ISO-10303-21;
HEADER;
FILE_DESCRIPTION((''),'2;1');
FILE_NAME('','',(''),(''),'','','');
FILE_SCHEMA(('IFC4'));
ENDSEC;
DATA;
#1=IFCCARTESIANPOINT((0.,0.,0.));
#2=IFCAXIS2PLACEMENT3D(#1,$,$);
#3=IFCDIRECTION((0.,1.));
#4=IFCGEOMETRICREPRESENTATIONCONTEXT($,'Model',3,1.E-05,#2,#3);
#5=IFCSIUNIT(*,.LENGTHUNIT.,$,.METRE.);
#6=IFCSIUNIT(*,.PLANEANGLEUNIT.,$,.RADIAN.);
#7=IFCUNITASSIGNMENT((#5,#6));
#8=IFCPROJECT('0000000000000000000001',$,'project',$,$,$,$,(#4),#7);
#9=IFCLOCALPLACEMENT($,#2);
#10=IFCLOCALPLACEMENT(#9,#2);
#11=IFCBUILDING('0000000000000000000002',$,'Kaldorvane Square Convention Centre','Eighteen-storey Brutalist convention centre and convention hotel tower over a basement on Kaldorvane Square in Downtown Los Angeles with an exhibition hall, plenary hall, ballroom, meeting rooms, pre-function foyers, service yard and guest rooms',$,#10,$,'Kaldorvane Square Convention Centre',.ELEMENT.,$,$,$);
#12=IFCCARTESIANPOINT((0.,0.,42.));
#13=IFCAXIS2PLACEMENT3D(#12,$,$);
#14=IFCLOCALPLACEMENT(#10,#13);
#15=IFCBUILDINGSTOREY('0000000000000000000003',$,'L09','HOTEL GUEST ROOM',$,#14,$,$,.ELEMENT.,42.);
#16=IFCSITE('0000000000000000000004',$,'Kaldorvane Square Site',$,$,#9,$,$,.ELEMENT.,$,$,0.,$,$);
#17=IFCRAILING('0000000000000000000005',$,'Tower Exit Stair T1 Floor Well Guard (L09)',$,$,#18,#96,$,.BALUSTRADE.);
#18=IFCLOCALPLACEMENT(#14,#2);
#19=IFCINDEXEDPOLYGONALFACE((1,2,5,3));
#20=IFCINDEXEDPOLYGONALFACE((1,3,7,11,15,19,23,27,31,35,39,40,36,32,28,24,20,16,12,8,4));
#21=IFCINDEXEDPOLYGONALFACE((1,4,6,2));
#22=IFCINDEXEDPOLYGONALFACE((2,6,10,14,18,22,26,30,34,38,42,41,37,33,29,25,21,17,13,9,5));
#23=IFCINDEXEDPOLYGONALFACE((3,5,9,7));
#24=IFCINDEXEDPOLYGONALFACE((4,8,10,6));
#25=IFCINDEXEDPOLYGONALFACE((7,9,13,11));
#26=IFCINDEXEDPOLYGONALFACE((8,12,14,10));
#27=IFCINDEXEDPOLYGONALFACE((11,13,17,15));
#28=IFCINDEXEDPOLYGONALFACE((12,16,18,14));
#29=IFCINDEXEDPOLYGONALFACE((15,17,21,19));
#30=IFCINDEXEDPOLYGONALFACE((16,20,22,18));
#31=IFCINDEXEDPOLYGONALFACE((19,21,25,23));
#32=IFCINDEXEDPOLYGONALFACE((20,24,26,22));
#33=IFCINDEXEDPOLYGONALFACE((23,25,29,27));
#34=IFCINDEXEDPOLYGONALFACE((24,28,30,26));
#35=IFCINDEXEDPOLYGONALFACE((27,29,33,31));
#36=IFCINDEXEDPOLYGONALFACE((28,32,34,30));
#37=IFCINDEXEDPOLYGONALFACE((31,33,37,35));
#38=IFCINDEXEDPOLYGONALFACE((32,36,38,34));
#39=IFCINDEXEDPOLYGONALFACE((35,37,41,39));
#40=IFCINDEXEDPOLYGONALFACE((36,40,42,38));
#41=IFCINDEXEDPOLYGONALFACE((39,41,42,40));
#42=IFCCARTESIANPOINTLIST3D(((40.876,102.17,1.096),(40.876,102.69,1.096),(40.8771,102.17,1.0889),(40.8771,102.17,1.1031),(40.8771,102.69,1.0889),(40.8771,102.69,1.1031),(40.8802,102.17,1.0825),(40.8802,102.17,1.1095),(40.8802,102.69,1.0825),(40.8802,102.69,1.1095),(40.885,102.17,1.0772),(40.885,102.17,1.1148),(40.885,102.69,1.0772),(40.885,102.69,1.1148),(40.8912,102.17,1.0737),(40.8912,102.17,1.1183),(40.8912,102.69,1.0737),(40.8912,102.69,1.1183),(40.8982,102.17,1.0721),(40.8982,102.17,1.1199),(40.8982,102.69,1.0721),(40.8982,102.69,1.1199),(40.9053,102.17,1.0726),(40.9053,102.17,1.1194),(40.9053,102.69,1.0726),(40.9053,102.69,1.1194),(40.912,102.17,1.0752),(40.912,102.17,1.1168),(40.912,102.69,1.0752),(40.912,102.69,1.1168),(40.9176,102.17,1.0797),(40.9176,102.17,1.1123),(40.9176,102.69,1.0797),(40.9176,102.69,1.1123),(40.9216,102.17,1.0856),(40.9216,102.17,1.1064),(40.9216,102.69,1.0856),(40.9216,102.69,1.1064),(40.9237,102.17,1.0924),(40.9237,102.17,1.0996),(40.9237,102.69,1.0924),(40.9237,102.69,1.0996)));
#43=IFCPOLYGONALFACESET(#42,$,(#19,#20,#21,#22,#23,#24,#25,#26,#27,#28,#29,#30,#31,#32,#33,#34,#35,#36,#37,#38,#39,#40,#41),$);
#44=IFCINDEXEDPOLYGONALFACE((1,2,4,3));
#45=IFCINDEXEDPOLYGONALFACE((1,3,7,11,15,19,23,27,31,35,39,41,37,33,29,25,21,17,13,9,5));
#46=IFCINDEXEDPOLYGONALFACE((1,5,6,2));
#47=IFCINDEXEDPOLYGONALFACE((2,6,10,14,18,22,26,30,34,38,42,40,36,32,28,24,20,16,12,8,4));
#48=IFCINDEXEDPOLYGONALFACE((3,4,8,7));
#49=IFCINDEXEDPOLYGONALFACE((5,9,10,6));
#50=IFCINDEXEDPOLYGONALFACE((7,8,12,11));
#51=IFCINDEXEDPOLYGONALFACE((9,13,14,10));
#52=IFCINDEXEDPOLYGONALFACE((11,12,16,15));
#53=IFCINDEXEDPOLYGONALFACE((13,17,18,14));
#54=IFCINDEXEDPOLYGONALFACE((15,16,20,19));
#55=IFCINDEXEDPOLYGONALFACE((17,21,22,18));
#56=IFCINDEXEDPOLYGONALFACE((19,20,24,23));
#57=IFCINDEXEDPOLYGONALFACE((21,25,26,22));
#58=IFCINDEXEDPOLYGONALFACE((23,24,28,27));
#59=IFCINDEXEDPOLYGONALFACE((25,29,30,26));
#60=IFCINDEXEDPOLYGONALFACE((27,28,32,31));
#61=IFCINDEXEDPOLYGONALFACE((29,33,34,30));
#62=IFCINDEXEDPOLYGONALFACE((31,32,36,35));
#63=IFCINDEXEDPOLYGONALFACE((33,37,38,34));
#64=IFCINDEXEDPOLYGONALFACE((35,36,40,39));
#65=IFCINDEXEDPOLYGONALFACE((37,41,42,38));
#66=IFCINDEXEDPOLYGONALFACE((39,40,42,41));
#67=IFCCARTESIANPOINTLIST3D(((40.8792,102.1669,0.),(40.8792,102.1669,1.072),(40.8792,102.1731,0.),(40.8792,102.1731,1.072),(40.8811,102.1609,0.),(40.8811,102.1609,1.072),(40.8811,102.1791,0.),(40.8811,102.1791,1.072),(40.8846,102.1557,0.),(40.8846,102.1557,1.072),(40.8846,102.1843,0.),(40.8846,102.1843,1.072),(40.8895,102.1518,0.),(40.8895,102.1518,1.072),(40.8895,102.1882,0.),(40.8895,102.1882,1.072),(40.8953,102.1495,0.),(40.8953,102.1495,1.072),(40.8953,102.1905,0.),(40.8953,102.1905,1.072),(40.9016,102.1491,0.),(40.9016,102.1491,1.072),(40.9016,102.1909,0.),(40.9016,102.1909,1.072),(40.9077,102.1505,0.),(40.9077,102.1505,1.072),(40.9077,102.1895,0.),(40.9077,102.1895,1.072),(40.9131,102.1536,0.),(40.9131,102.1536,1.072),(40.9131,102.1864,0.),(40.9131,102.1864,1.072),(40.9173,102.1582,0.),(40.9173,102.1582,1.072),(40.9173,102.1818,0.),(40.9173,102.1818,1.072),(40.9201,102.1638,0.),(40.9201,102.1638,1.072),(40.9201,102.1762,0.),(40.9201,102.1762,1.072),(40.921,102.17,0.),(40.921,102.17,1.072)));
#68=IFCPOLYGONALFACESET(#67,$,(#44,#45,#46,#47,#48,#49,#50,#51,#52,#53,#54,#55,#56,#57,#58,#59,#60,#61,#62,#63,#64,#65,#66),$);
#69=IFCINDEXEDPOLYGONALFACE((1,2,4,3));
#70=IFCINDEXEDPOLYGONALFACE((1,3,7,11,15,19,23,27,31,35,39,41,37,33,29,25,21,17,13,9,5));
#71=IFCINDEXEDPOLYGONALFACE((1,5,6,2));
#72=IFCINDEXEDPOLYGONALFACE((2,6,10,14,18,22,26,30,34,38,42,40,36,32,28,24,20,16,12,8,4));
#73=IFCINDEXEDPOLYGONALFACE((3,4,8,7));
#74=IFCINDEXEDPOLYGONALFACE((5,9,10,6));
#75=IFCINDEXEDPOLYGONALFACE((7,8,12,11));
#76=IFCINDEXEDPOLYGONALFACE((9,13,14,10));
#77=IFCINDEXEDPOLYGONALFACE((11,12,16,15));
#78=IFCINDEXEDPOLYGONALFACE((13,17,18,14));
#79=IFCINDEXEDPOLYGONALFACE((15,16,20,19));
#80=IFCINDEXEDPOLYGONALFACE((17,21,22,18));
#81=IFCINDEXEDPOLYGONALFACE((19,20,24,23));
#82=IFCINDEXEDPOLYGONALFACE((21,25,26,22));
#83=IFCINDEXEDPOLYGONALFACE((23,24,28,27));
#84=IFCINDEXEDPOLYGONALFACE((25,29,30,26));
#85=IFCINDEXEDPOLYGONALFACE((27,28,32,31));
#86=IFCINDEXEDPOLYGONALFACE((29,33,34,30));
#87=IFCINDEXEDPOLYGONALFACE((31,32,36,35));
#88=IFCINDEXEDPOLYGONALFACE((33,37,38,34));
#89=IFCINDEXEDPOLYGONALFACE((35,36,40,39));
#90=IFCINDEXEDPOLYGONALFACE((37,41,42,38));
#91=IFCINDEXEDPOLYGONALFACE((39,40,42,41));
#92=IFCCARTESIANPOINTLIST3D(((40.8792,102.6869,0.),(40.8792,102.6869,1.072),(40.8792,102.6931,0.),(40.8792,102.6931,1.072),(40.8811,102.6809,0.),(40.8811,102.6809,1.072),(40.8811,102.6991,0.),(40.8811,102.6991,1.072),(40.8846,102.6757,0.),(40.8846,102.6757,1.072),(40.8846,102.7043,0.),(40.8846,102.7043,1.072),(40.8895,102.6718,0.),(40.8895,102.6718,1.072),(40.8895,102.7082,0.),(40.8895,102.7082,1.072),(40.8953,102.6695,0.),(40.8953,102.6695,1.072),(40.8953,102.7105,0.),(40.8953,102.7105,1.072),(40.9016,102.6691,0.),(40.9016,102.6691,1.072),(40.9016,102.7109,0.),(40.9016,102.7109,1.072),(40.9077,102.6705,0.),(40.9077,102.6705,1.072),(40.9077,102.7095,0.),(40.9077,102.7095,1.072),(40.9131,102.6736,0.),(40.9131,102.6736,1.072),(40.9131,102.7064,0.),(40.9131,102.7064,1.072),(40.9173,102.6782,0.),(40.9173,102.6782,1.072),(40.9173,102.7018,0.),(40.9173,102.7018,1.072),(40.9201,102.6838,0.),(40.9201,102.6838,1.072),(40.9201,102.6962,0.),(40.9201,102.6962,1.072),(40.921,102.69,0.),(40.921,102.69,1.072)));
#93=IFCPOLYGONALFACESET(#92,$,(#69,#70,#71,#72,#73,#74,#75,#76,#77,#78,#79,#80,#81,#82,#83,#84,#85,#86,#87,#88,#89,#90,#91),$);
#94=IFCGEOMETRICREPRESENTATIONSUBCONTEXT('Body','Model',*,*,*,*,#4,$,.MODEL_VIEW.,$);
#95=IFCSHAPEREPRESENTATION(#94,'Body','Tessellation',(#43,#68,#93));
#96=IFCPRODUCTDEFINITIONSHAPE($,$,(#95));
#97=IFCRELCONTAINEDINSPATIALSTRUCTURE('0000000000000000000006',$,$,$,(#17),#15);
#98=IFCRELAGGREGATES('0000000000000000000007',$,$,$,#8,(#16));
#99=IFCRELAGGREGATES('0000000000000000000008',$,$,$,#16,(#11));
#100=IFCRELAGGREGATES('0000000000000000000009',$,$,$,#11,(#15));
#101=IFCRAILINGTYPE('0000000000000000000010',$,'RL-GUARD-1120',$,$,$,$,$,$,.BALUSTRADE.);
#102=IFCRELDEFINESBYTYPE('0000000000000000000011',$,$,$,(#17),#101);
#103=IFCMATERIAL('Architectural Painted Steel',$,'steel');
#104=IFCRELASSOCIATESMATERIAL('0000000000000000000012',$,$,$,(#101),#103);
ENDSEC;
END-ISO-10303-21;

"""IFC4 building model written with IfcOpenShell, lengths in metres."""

from ifc_helpers import new_model, si_unit, direction, frame, origin, origin_2d, place, context, subcontext, project, spatial, circle, extrude, material, type_object, element, save


model = new_model("IFC4")

# Units and contexts
model_context = context("Model", 3, precision=1e-05, world=origin(), true_north=direction((0.0, 1.0)))
body_context = subcontext(model_context, "Body", "Model", "MODEL_VIEW")
ifc_project = project(units=[si_unit("LENGTHUNIT", "METRE"), si_unit("PLANEANGLEUNIT", "RADIAN")], contexts=[model_context])

# Site, building, storey
site_placement = place(None, origin())
site = spatial("IfcSite", under=ifc_project, at=site_placement, Name="Kaldorvane Square Site", CompositionType="ELEMENT", RefElevation=0.0)
building_placement = place(site_placement, origin())
building = spatial("IfcBuilding", under=site, at=building_placement, Name="Kaldorvane Square Convention Centre", Description="Eighteen-storey Brutalist convention centre and convention hotel tower over a basement on Kaldorvane Square in Downtown Los Angeles with an exhibition hall, plenary hall, ballroom, meeting rooms, pre-function foyers, service yard and guest rooms", LongName="Kaldorvane Square Convention Centre", CompositionType="ELEMENT")
storey_placement = place(building_placement, frame((0.0, 0.0, 42.0)))
storey = spatial("IfcBuildingStorey", under=building, at=storey_placement, Name="L09", Description="HOTEL GUEST ROOM", CompositionType="ELEMENT", Elevation=42.0)

# Railing
ifc_material_1 = material(Name="Architectural Painted Steel", Category="steel")
railing_type = type_object("IfcRailingType", Name="RL-GUARD-1120", PredefinedType="BALUSTRADE", material=ifc_material_1)
railing_placement = place(storey_placement, frame((40.9, 102.17, 0.0)))
element("IfcRailing", 1, at=railing_placement, inside=storey, type_object=railing_type, Name="Tower Exit Stair T1 Floor Well Guard (L09)", PredefinedType="BALUSTRADE", context=body_context, shape_type="SweptSolid", body=[
    extrude(circle(Radius=0.024, at=origin_2d()), frame((0.0, 0.0, 1.096), z_axis=(0.0, 1.0, 0.0), x_axis=(-1.0, 0.0, 0.0)), (0.0, 0.0, 1.0), 0.52),
    extrude(circle(Radius=0.021, at=origin_2d()), origin(), (0.0, 0.0, 1.0), 1.072),
    extrude(circle(Radius=0.021, at=origin_2d()), frame((0.0, 0.52, 0.0)), (0.0, 0.0, 1.0), 1.072),
])

save(model, "model.ifc")
